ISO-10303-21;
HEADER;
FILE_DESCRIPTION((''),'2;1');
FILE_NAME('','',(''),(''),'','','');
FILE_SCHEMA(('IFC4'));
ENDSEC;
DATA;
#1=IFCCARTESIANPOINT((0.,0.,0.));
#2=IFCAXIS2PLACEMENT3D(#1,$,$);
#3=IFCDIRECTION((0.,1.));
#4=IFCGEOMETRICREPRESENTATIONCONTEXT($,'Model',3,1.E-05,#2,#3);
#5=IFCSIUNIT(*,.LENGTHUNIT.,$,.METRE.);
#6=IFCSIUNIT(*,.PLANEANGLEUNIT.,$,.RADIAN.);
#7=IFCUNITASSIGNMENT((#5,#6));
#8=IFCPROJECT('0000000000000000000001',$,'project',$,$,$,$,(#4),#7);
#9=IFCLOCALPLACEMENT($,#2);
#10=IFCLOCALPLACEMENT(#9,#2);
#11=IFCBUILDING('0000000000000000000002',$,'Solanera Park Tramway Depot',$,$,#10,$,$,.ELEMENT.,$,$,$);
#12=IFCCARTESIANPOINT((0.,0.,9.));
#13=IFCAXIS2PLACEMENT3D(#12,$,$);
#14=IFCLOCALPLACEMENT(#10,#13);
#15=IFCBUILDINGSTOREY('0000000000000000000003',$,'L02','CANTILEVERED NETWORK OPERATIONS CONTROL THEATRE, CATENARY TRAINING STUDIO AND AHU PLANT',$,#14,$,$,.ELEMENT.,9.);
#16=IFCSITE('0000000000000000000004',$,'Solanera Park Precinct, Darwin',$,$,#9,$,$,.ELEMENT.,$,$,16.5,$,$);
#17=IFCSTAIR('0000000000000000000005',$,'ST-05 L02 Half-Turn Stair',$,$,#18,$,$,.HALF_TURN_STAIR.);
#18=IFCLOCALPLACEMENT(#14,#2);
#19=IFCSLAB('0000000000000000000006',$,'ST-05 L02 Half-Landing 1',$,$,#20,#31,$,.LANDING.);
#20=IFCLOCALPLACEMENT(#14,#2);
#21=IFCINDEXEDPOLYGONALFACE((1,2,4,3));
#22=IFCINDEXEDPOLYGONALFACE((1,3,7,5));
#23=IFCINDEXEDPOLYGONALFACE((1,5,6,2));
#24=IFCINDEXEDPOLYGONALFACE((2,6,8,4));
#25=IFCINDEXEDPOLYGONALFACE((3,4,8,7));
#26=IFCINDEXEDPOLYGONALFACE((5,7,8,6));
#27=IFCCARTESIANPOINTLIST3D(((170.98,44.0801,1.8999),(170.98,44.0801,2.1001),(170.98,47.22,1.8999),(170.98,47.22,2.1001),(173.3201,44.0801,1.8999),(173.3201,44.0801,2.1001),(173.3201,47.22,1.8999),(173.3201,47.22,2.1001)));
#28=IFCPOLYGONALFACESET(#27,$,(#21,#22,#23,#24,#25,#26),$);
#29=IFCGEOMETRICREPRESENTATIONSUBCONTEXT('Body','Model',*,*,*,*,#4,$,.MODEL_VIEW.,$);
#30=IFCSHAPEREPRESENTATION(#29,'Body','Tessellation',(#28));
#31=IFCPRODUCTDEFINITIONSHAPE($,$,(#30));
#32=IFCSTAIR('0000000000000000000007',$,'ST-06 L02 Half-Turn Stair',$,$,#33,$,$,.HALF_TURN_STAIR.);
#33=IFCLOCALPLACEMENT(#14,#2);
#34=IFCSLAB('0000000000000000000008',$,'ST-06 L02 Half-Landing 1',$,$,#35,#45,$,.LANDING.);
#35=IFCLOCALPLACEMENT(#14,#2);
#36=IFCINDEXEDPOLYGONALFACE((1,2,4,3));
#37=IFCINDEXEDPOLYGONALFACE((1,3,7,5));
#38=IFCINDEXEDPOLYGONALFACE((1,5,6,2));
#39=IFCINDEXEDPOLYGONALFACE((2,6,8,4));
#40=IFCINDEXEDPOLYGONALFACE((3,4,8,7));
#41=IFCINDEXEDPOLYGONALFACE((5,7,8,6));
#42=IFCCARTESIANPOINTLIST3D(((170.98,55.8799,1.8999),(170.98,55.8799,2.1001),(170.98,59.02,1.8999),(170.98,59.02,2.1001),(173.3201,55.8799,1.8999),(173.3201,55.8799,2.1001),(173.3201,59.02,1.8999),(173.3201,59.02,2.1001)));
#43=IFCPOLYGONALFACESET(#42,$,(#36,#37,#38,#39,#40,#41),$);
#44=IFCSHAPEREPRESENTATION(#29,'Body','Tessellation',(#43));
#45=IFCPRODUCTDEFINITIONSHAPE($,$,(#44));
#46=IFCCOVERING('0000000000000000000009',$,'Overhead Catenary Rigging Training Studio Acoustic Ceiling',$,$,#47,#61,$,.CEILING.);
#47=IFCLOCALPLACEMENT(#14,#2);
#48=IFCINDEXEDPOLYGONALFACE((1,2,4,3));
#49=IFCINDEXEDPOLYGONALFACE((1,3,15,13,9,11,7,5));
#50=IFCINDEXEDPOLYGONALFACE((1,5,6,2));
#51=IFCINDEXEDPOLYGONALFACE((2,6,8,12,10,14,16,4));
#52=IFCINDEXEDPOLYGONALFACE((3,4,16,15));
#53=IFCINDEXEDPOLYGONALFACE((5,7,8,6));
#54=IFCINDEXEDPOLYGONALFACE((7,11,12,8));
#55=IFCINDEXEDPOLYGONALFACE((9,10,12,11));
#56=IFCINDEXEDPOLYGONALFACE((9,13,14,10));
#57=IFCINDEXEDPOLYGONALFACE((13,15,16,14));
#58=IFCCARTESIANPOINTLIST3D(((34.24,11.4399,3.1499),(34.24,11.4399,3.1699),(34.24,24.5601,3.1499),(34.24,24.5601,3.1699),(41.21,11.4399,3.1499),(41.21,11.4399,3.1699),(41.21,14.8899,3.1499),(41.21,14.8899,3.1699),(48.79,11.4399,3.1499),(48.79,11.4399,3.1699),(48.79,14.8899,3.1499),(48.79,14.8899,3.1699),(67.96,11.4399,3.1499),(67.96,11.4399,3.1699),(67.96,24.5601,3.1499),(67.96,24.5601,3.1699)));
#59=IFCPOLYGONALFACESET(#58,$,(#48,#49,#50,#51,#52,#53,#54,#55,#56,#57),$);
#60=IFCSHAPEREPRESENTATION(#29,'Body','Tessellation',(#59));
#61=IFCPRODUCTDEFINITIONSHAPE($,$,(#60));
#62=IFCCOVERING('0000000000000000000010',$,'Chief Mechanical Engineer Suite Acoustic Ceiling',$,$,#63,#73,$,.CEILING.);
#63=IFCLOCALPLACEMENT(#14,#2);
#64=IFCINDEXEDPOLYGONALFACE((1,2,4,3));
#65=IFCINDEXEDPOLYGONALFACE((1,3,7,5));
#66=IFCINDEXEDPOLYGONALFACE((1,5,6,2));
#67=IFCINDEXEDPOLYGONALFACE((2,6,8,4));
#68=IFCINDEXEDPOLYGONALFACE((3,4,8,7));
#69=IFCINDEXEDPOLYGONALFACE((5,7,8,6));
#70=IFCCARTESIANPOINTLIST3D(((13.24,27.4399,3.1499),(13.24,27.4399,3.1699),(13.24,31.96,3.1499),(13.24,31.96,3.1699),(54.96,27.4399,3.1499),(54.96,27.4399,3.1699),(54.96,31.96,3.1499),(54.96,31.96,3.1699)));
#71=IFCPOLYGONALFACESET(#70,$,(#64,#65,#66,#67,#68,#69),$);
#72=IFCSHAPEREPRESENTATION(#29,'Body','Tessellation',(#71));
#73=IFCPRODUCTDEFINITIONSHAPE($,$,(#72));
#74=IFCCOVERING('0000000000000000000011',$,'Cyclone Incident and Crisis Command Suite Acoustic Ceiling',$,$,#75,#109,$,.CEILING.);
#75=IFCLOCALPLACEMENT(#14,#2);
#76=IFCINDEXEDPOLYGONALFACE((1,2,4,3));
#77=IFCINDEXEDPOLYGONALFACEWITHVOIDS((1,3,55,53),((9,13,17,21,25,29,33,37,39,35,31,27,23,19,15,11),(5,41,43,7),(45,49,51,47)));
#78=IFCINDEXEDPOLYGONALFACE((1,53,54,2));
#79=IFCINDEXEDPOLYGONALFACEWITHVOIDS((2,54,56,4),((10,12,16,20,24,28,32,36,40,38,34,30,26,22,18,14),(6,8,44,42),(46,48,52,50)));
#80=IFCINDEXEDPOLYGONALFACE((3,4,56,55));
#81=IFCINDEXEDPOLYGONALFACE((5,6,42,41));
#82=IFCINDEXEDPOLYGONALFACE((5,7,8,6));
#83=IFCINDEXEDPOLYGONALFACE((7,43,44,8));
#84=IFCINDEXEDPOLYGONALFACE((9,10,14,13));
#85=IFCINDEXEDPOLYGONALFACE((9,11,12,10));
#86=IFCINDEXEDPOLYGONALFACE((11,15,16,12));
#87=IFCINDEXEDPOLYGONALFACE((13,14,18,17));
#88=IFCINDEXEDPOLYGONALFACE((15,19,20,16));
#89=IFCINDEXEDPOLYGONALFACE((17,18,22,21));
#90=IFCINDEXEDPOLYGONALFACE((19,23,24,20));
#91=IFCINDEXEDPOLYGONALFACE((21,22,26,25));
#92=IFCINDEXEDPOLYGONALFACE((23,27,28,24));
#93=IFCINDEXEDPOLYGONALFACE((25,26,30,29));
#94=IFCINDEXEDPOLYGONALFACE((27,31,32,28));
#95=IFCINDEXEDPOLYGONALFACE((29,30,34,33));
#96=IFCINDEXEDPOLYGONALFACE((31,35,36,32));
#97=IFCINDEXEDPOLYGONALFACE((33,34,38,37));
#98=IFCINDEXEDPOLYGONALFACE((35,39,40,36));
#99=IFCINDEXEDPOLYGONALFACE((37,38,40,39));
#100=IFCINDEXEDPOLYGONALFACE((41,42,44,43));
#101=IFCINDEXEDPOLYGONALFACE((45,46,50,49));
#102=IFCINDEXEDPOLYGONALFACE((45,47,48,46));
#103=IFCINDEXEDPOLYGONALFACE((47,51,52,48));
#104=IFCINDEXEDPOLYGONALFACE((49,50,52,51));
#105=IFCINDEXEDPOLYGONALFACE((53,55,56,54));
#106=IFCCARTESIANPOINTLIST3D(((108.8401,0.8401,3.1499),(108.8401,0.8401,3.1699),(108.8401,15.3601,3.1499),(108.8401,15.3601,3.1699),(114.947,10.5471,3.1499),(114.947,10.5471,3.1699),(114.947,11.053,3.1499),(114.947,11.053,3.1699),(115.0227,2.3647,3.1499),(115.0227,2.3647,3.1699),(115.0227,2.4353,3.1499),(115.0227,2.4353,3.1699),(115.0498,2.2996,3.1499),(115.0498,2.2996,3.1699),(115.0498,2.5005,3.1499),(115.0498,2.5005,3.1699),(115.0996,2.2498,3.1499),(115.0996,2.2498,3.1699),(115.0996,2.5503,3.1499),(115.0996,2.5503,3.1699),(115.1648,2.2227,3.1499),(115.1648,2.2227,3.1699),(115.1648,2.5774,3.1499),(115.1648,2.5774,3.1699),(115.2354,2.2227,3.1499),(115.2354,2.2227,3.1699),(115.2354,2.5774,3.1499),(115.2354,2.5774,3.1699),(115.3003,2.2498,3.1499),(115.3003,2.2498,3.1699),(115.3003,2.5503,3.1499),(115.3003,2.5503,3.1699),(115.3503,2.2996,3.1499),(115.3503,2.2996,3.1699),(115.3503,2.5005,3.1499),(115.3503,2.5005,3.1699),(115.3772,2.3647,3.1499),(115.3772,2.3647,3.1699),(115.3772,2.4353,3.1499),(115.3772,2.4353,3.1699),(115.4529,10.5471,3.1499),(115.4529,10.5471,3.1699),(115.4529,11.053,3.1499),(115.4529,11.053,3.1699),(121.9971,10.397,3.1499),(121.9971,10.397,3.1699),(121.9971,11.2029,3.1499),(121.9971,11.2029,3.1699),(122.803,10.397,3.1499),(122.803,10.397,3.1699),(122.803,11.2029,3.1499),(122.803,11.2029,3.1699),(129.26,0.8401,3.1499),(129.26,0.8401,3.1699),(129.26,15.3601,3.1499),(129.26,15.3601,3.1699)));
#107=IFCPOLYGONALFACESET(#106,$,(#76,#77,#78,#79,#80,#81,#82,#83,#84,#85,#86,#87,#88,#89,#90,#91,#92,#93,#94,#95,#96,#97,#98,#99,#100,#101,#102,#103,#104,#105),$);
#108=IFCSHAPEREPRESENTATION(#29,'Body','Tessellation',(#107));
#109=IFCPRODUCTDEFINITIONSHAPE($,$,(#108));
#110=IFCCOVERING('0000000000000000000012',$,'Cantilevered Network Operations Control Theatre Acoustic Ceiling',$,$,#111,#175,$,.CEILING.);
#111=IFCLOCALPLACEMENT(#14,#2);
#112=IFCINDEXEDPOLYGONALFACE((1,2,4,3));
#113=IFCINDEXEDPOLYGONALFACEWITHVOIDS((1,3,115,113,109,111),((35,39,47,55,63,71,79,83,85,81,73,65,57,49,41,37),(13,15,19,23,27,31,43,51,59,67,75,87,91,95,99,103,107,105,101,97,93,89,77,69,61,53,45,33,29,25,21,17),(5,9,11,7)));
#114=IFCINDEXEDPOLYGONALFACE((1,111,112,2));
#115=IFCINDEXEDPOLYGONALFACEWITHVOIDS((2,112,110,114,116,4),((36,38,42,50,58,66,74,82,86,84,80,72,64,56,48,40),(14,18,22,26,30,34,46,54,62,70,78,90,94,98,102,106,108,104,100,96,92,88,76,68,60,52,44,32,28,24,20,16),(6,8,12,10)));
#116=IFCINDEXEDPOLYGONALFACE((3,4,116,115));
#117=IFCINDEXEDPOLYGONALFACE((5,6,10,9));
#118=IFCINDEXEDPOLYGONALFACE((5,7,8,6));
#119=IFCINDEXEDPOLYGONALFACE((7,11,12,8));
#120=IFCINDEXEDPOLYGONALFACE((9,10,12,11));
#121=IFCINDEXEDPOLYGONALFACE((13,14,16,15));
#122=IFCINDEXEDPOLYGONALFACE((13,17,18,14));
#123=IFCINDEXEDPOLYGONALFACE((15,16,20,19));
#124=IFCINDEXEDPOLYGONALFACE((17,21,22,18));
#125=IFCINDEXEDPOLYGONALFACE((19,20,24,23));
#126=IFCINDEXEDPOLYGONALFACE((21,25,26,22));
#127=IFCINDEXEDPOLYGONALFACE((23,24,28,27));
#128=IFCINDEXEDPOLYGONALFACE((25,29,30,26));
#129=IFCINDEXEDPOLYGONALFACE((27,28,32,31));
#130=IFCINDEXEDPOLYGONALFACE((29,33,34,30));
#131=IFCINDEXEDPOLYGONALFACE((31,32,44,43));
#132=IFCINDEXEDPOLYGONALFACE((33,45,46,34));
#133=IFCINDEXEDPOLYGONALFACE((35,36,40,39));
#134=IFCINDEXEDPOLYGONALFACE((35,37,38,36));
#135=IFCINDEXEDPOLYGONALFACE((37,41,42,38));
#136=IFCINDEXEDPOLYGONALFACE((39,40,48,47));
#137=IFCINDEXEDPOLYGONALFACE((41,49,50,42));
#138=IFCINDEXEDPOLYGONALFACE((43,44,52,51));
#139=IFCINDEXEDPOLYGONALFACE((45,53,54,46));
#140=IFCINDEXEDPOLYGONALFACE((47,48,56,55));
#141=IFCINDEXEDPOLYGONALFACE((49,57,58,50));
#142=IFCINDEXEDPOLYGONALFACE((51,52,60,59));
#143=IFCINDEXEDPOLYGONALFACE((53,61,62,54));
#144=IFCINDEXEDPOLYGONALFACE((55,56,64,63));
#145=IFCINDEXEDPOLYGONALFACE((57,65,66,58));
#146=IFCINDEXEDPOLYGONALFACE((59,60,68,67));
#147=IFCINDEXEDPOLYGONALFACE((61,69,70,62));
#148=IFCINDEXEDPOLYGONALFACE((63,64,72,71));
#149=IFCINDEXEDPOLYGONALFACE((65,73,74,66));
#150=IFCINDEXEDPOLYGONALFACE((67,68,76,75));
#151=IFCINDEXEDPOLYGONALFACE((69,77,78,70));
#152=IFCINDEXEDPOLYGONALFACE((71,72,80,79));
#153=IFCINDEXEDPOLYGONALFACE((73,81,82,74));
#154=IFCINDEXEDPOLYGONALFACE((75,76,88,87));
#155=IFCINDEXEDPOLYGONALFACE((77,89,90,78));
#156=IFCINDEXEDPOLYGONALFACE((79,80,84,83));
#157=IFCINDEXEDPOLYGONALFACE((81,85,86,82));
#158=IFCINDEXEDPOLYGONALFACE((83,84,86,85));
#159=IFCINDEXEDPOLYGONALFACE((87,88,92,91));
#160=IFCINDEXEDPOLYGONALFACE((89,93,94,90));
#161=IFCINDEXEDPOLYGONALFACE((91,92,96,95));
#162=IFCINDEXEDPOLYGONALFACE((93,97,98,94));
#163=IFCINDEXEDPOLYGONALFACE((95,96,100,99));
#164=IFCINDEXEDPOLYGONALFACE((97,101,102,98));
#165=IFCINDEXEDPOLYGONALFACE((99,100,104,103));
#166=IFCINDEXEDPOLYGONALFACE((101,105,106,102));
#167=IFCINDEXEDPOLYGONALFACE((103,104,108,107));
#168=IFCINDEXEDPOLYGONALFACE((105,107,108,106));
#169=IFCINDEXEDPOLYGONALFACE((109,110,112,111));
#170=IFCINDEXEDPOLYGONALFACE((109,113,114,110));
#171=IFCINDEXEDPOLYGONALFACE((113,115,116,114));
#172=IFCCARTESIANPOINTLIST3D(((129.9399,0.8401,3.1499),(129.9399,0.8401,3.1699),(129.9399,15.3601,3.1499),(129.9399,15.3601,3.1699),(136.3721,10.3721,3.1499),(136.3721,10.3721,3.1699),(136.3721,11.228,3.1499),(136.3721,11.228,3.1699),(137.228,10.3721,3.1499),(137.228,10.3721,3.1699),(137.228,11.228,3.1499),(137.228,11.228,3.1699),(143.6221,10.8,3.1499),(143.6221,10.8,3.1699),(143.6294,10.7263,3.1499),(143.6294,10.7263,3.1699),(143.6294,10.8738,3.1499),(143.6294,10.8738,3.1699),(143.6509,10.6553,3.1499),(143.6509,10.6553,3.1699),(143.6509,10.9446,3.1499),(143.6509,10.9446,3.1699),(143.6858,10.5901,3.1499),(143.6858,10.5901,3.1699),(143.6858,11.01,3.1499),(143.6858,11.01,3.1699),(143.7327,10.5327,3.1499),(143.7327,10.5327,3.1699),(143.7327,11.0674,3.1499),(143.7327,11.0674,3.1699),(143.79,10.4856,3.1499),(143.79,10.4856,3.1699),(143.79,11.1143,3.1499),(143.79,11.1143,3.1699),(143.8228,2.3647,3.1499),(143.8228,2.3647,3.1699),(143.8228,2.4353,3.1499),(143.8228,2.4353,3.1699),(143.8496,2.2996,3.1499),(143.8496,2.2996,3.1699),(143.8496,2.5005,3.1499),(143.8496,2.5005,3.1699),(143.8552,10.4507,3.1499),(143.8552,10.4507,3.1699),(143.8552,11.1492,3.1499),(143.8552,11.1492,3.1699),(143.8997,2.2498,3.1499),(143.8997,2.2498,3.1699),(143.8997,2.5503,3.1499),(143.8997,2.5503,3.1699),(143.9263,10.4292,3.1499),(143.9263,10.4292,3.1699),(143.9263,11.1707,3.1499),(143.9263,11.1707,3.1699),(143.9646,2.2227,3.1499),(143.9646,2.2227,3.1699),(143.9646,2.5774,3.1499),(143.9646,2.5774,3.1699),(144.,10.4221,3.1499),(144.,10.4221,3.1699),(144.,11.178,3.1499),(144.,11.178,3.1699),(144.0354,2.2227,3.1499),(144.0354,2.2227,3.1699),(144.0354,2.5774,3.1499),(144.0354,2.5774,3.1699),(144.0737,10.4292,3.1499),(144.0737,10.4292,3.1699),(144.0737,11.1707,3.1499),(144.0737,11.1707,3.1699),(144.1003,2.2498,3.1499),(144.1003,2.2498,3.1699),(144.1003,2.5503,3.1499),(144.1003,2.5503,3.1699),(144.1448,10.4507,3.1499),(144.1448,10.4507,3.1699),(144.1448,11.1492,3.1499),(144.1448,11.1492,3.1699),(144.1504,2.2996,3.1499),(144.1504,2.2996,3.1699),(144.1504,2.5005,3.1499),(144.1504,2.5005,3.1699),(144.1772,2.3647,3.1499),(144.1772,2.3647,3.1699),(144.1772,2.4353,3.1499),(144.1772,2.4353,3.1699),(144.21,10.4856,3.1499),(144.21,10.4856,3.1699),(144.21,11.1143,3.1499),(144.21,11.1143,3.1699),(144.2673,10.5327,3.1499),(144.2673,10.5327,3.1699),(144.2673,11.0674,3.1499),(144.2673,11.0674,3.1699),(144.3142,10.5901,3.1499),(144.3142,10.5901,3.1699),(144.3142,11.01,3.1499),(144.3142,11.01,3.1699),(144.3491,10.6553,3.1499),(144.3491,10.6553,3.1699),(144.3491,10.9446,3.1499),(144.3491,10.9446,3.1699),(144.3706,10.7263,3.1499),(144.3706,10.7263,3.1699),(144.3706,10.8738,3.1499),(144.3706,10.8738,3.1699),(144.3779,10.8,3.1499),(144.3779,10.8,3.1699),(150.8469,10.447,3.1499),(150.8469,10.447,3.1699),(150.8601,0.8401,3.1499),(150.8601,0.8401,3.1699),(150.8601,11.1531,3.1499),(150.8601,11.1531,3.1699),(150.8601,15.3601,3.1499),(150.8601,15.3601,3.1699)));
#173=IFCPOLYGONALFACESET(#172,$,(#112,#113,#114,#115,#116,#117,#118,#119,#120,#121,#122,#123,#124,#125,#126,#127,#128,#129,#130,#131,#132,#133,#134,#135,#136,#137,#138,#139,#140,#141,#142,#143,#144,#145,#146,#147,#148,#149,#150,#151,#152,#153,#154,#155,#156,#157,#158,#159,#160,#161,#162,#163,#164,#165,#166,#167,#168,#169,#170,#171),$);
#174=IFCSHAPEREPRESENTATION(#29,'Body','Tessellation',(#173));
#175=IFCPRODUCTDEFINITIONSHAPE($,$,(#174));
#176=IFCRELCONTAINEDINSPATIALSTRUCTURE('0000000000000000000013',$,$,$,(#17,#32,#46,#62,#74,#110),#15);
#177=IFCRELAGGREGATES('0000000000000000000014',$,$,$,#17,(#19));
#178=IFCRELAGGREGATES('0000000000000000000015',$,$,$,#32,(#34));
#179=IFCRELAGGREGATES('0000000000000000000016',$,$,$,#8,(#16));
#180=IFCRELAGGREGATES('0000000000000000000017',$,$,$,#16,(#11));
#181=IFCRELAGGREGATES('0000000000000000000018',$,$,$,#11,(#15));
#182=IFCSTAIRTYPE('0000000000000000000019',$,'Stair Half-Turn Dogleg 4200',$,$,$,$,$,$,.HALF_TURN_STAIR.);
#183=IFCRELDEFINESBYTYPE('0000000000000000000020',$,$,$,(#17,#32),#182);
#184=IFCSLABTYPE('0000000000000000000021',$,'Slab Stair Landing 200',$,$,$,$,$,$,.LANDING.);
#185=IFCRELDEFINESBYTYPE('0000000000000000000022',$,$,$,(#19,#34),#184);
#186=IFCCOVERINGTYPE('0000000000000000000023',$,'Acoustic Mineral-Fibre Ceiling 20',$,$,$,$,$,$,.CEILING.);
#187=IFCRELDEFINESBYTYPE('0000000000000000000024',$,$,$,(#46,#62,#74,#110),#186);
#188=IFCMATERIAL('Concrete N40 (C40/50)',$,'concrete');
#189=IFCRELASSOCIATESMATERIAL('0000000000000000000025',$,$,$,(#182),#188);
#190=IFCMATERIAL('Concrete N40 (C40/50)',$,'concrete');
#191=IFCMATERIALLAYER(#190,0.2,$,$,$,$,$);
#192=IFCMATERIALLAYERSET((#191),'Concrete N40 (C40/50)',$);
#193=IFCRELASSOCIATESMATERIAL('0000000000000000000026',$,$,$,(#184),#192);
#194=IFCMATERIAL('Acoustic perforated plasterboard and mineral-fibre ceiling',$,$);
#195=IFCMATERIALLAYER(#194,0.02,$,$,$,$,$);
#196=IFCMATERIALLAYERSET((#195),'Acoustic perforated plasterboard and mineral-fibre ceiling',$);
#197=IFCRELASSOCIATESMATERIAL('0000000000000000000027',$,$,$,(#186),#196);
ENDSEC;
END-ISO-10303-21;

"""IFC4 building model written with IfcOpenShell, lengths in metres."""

from ifc_helpers import new_model, si_unit, direction, frame, origin, place, context, subcontext, project, spatial, polyline, outline, extrude, material, layer, layer_set, type_object, element, aggregate, save


model = new_model("IFC4")

# Units and contexts
model_context = context("Model", 3, precision=1e-05, world=origin(), true_north=direction((0.0, 1.0)))
body_context = subcontext(model_context, "Body", "Model", "MODEL_VIEW")
ifc_project = project(units=[si_unit("LENGTHUNIT", "METRE"), si_unit("PLANEANGLEUNIT", "RADIAN")], contexts=[model_context])

# Site, building, storey
site_placement = place(None, origin())
site = spatial("IfcSite", under=ifc_project, at=site_placement, Name="Solanera Park Precinct, Darwin", CompositionType="ELEMENT", RefElevation=16.5)
building_placement = place(site_placement, origin())
building = spatial("IfcBuilding", under=site, at=building_placement, Name="Solanera Park Tramway Depot", CompositionType="ELEMENT")
storey_placement = place(building_placement, frame((0.0, 0.0, 9.0)))
storey = spatial("IfcBuildingStorey", under=building, at=storey_placement, Name="L02", Description="CANTILEVERED NETWORK OPERATIONS CONTROL THEATRE, CATENARY TRAINING STUDIO AND AHU PLANT", CompositionType="ELEMENT", Elevation=9.0)

# Stairs, slabs
ifc_material_1 = material(Name="Concrete N40 (C40/50)", Category="concrete")
stair_type = type_object("IfcStairType", Name="Stair Half-Turn Dogleg 4200", PredefinedType="HALF_TURN_STAIR", material=ifc_material_1)
ifc_material_2 = material(Name="Concrete N40 (C40/50)", Category="concrete")
ifc_layer_1 = layer(ifc_material_2, 0.2)
ifc_layer_set_1 = layer_set([ifc_layer_1], Name="Concrete N40 (C40/50)")
slab_type_1 = type_object("IfcSlabType", Name="Slab Stair Landing 200", PredefinedType="LANDING", material=ifc_layer_set_1)
stair_1_placement = place(storey_placement, origin())
stair_1 = element("IfcStair", 1, at=stair_1_placement, inside=storey, type_object=stair_type, Name="ST-05 L02 Half-Turn Stair", PredefinedType="HALF_TURN_STAIR")
slab_1_placement = place(storey_placement, frame((0.0, 0.0, 1.8999)))
slab_1 = element("IfcSlab", 2, at=slab_1_placement, type_object=slab_type_1, Name="ST-05 L02 Half-Landing 1", PredefinedType="LANDING", context=body_context, shape_type="SweptSolid", body=[
    extrude(outline(polyline([(170.98, 44.0801), (173.3201, 44.0801), (173.3201, 47.22), (170.98, 47.22), (170.98, 44.0801)])), origin(), (0.0, 0.0, 1.0), 0.2002),
])
aggregate(stair_1, [slab_1])
stair_2_placement = place(storey_placement, origin())
stair_2 = element("IfcStair", 3, at=stair_2_placement, inside=storey, type_object=stair_type, Name="ST-06 L02 Half-Turn Stair", PredefinedType="HALF_TURN_STAIR")
slab_2_placement = place(storey_placement, frame((0.0, 0.0, 1.8999)))
slab_2 = element("IfcSlab", 4, at=slab_2_placement, type_object=slab_type_1, Name="ST-06 L02 Half-Landing 1", PredefinedType="LANDING", context=body_context, shape_type="SweptSolid", body=[
    extrude(outline(polyline([(170.98, 55.8799), (173.3201, 55.8799), (173.3201, 59.02), (170.98, 59.02), (170.98, 55.8799)])), origin(), (0.0, 0.0, 1.0), 0.2002),
])
aggregate(stair_2, [slab_2])

# Coverings
ifc_material_3 = material(Name="Acoustic perforated plasterboard and mineral-fibre ceiling")
ifc_layer_2 = layer(ifc_material_3, 0.02)
ifc_layer_set_2 = layer_set([ifc_layer_2], Name="Acoustic perforated plasterboard and mineral-fibre ceiling")
covering_type = type_object("IfcCoveringType", Name="Acoustic Mineral-Fibre Ceiling 20", PredefinedType="CEILING", material=ifc_layer_set_2)
covering_1_placement = place(storey_placement, frame((0.0, 0.0, 3.1499)))
element("IfcCovering", 5, at=covering_1_placement, inside=storey, type_object=covering_type, Name="Overhead Catenary Rigging Training Studio Acoustic Ceiling", PredefinedType="CEILING", context=body_context, shape_type="SweptSolid", body=[
    extrude(outline(polyline([(34.24, 11.4399), (34.24, 24.5601), (67.96, 24.5601), (67.96, 11.4399), (48.79, 11.4399), (48.79, 14.8899), (41.21, 14.8899), (41.21, 11.4399), (34.24, 11.4399)])), origin(), (0.0, 0.0, 1.0), 0.02),
])
covering_2_placement = place(storey_placement, frame((0.0, 0.0, 3.1499)))
element("IfcCovering", 6, at=covering_2_placement, inside=storey, type_object=covering_type, Name="Chief Mechanical Engineer Suite Acoustic Ceiling", PredefinedType="CEILING", context=body_context, shape_type="SweptSolid", body=[
    extrude(outline(polyline([(54.96, 27.4399), (13.24, 27.4399), (13.24, 31.96), (54.96, 31.96), (54.96, 27.4399)])), origin(), (0.0, 0.0, 1.0), 0.02),
])
covering_3_placement = place(storey_placement, frame((0.0, 0.0, 3.1499)))
element("IfcCovering", 7, at=covering_3_placement, inside=storey, type_object=covering_type, Name="Cyclone Incident and Crisis Command Suite Acoustic Ceiling", PredefinedType="CEILING", context=body_context, shape_type="SweptSolid", body=[
    extrude(outline(polyline([(129.26, 15.3601), (129.26, 0.8401), (108.8401, 0.8401), (108.8401, 15.3601), (129.26, 15.3601)]), holes=[polyline([(114.947, 11.053), (114.947, 10.5471), (115.4529, 10.5471), (115.4529, 11.053), (114.947, 11.053)]), polyline([(122.803, 11.2029), (121.9971, 11.2029), (121.9971, 10.397), (122.803, 10.397), (122.803, 11.2029)]), polyline([(115.3772, 2.4353), (115.3503, 2.5005), (115.3003, 2.5503), (115.2354, 2.5774), (115.1648, 2.5774), (115.0996, 2.5503), (115.0498, 2.5005), (115.0227, 2.4353), (115.0227, 2.3647), (115.0498, 2.2996), (115.0996, 2.2498), (115.1648, 2.2227), (115.2354, 2.2227), (115.3003, 2.2498), (115.3503, 2.2996), (115.3772, 2.3647), (115.3772, 2.4353)])]), origin(), (0.0, 0.0, 1.0), 0.02),
])
covering_4_placement = place(storey_placement, frame((0.0, 0.0, 3.1499)))
element("IfcCovering", 8, at=covering_4_placement, inside=storey, type_object=covering_type, Name="Cantilevered Network Operations Control Theatre Acoustic Ceiling", PredefinedType="CEILING", context=body_context, shape_type="SweptSolid", body=[
    extrude(outline(polyline([(150.8601, 11.1531), (150.8469, 10.447), (150.8601, 0.8401), (129.9399, 0.8401), (129.9399, 15.3601), (150.8601, 15.3601), (150.8601, 11.1531)]), holes=[polyline([(136.3721, 10.3721), (137.228, 10.3721), (137.228, 11.228), (136.3721, 11.228), (136.3721, 10.3721)]), polyline([(144.3142, 11.01), (144.2673, 11.0674), (144.21, 11.1143), (144.1448, 11.1492), (144.0737, 11.1707), (144.0, 11.178), (143.9263, 11.1707), (143.8552, 11.1492), (143.79, 11.1143), (143.7327, 11.0674), (143.6858, 11.01), (143.6509, 10.9446), (143.6294, 10.8738), (143.6221, 10.8), (143.6294, 10.7263), (143.6509, 10.6553), (143.6858, 10.5901), (143.7327, 10.5327), (143.79, 10.4856), (143.8552, 10.4507), (143.9263, 10.4292), (144.0, 10.4221), (144.0737, 10.4292), (144.1448, 10.4507), (144.21, 10.4856), (144.2673, 10.5327), (144.3142, 10.5901), (144.3491, 10.6553), (144.3706, 10.7263), (144.3779, 10.8), (144.3706, 10.8738), (144.3491, 10.9446), (144.3142, 11.01)]), polyline([(144.1772, 2.4353), (144.1504, 2.5005), (144.1003, 2.5503), (144.0354, 2.5774), (143.9646, 2.5774), (143.8997, 2.5503), (143.8496, 2.5005), (143.8228, 2.4353), (143.8228, 2.3647), (143.8496, 2.2996), (143.8997, 2.2498), (143.9646, 2.2227), (144.0354, 2.2227), (144.1003, 2.2498), (144.1504, 2.2996), (144.1772, 2.3647), (144.1772, 2.4353)])]), origin(), (0.0, 0.0, 1.0), 0.02),
])

save(model, "model.ifc")
